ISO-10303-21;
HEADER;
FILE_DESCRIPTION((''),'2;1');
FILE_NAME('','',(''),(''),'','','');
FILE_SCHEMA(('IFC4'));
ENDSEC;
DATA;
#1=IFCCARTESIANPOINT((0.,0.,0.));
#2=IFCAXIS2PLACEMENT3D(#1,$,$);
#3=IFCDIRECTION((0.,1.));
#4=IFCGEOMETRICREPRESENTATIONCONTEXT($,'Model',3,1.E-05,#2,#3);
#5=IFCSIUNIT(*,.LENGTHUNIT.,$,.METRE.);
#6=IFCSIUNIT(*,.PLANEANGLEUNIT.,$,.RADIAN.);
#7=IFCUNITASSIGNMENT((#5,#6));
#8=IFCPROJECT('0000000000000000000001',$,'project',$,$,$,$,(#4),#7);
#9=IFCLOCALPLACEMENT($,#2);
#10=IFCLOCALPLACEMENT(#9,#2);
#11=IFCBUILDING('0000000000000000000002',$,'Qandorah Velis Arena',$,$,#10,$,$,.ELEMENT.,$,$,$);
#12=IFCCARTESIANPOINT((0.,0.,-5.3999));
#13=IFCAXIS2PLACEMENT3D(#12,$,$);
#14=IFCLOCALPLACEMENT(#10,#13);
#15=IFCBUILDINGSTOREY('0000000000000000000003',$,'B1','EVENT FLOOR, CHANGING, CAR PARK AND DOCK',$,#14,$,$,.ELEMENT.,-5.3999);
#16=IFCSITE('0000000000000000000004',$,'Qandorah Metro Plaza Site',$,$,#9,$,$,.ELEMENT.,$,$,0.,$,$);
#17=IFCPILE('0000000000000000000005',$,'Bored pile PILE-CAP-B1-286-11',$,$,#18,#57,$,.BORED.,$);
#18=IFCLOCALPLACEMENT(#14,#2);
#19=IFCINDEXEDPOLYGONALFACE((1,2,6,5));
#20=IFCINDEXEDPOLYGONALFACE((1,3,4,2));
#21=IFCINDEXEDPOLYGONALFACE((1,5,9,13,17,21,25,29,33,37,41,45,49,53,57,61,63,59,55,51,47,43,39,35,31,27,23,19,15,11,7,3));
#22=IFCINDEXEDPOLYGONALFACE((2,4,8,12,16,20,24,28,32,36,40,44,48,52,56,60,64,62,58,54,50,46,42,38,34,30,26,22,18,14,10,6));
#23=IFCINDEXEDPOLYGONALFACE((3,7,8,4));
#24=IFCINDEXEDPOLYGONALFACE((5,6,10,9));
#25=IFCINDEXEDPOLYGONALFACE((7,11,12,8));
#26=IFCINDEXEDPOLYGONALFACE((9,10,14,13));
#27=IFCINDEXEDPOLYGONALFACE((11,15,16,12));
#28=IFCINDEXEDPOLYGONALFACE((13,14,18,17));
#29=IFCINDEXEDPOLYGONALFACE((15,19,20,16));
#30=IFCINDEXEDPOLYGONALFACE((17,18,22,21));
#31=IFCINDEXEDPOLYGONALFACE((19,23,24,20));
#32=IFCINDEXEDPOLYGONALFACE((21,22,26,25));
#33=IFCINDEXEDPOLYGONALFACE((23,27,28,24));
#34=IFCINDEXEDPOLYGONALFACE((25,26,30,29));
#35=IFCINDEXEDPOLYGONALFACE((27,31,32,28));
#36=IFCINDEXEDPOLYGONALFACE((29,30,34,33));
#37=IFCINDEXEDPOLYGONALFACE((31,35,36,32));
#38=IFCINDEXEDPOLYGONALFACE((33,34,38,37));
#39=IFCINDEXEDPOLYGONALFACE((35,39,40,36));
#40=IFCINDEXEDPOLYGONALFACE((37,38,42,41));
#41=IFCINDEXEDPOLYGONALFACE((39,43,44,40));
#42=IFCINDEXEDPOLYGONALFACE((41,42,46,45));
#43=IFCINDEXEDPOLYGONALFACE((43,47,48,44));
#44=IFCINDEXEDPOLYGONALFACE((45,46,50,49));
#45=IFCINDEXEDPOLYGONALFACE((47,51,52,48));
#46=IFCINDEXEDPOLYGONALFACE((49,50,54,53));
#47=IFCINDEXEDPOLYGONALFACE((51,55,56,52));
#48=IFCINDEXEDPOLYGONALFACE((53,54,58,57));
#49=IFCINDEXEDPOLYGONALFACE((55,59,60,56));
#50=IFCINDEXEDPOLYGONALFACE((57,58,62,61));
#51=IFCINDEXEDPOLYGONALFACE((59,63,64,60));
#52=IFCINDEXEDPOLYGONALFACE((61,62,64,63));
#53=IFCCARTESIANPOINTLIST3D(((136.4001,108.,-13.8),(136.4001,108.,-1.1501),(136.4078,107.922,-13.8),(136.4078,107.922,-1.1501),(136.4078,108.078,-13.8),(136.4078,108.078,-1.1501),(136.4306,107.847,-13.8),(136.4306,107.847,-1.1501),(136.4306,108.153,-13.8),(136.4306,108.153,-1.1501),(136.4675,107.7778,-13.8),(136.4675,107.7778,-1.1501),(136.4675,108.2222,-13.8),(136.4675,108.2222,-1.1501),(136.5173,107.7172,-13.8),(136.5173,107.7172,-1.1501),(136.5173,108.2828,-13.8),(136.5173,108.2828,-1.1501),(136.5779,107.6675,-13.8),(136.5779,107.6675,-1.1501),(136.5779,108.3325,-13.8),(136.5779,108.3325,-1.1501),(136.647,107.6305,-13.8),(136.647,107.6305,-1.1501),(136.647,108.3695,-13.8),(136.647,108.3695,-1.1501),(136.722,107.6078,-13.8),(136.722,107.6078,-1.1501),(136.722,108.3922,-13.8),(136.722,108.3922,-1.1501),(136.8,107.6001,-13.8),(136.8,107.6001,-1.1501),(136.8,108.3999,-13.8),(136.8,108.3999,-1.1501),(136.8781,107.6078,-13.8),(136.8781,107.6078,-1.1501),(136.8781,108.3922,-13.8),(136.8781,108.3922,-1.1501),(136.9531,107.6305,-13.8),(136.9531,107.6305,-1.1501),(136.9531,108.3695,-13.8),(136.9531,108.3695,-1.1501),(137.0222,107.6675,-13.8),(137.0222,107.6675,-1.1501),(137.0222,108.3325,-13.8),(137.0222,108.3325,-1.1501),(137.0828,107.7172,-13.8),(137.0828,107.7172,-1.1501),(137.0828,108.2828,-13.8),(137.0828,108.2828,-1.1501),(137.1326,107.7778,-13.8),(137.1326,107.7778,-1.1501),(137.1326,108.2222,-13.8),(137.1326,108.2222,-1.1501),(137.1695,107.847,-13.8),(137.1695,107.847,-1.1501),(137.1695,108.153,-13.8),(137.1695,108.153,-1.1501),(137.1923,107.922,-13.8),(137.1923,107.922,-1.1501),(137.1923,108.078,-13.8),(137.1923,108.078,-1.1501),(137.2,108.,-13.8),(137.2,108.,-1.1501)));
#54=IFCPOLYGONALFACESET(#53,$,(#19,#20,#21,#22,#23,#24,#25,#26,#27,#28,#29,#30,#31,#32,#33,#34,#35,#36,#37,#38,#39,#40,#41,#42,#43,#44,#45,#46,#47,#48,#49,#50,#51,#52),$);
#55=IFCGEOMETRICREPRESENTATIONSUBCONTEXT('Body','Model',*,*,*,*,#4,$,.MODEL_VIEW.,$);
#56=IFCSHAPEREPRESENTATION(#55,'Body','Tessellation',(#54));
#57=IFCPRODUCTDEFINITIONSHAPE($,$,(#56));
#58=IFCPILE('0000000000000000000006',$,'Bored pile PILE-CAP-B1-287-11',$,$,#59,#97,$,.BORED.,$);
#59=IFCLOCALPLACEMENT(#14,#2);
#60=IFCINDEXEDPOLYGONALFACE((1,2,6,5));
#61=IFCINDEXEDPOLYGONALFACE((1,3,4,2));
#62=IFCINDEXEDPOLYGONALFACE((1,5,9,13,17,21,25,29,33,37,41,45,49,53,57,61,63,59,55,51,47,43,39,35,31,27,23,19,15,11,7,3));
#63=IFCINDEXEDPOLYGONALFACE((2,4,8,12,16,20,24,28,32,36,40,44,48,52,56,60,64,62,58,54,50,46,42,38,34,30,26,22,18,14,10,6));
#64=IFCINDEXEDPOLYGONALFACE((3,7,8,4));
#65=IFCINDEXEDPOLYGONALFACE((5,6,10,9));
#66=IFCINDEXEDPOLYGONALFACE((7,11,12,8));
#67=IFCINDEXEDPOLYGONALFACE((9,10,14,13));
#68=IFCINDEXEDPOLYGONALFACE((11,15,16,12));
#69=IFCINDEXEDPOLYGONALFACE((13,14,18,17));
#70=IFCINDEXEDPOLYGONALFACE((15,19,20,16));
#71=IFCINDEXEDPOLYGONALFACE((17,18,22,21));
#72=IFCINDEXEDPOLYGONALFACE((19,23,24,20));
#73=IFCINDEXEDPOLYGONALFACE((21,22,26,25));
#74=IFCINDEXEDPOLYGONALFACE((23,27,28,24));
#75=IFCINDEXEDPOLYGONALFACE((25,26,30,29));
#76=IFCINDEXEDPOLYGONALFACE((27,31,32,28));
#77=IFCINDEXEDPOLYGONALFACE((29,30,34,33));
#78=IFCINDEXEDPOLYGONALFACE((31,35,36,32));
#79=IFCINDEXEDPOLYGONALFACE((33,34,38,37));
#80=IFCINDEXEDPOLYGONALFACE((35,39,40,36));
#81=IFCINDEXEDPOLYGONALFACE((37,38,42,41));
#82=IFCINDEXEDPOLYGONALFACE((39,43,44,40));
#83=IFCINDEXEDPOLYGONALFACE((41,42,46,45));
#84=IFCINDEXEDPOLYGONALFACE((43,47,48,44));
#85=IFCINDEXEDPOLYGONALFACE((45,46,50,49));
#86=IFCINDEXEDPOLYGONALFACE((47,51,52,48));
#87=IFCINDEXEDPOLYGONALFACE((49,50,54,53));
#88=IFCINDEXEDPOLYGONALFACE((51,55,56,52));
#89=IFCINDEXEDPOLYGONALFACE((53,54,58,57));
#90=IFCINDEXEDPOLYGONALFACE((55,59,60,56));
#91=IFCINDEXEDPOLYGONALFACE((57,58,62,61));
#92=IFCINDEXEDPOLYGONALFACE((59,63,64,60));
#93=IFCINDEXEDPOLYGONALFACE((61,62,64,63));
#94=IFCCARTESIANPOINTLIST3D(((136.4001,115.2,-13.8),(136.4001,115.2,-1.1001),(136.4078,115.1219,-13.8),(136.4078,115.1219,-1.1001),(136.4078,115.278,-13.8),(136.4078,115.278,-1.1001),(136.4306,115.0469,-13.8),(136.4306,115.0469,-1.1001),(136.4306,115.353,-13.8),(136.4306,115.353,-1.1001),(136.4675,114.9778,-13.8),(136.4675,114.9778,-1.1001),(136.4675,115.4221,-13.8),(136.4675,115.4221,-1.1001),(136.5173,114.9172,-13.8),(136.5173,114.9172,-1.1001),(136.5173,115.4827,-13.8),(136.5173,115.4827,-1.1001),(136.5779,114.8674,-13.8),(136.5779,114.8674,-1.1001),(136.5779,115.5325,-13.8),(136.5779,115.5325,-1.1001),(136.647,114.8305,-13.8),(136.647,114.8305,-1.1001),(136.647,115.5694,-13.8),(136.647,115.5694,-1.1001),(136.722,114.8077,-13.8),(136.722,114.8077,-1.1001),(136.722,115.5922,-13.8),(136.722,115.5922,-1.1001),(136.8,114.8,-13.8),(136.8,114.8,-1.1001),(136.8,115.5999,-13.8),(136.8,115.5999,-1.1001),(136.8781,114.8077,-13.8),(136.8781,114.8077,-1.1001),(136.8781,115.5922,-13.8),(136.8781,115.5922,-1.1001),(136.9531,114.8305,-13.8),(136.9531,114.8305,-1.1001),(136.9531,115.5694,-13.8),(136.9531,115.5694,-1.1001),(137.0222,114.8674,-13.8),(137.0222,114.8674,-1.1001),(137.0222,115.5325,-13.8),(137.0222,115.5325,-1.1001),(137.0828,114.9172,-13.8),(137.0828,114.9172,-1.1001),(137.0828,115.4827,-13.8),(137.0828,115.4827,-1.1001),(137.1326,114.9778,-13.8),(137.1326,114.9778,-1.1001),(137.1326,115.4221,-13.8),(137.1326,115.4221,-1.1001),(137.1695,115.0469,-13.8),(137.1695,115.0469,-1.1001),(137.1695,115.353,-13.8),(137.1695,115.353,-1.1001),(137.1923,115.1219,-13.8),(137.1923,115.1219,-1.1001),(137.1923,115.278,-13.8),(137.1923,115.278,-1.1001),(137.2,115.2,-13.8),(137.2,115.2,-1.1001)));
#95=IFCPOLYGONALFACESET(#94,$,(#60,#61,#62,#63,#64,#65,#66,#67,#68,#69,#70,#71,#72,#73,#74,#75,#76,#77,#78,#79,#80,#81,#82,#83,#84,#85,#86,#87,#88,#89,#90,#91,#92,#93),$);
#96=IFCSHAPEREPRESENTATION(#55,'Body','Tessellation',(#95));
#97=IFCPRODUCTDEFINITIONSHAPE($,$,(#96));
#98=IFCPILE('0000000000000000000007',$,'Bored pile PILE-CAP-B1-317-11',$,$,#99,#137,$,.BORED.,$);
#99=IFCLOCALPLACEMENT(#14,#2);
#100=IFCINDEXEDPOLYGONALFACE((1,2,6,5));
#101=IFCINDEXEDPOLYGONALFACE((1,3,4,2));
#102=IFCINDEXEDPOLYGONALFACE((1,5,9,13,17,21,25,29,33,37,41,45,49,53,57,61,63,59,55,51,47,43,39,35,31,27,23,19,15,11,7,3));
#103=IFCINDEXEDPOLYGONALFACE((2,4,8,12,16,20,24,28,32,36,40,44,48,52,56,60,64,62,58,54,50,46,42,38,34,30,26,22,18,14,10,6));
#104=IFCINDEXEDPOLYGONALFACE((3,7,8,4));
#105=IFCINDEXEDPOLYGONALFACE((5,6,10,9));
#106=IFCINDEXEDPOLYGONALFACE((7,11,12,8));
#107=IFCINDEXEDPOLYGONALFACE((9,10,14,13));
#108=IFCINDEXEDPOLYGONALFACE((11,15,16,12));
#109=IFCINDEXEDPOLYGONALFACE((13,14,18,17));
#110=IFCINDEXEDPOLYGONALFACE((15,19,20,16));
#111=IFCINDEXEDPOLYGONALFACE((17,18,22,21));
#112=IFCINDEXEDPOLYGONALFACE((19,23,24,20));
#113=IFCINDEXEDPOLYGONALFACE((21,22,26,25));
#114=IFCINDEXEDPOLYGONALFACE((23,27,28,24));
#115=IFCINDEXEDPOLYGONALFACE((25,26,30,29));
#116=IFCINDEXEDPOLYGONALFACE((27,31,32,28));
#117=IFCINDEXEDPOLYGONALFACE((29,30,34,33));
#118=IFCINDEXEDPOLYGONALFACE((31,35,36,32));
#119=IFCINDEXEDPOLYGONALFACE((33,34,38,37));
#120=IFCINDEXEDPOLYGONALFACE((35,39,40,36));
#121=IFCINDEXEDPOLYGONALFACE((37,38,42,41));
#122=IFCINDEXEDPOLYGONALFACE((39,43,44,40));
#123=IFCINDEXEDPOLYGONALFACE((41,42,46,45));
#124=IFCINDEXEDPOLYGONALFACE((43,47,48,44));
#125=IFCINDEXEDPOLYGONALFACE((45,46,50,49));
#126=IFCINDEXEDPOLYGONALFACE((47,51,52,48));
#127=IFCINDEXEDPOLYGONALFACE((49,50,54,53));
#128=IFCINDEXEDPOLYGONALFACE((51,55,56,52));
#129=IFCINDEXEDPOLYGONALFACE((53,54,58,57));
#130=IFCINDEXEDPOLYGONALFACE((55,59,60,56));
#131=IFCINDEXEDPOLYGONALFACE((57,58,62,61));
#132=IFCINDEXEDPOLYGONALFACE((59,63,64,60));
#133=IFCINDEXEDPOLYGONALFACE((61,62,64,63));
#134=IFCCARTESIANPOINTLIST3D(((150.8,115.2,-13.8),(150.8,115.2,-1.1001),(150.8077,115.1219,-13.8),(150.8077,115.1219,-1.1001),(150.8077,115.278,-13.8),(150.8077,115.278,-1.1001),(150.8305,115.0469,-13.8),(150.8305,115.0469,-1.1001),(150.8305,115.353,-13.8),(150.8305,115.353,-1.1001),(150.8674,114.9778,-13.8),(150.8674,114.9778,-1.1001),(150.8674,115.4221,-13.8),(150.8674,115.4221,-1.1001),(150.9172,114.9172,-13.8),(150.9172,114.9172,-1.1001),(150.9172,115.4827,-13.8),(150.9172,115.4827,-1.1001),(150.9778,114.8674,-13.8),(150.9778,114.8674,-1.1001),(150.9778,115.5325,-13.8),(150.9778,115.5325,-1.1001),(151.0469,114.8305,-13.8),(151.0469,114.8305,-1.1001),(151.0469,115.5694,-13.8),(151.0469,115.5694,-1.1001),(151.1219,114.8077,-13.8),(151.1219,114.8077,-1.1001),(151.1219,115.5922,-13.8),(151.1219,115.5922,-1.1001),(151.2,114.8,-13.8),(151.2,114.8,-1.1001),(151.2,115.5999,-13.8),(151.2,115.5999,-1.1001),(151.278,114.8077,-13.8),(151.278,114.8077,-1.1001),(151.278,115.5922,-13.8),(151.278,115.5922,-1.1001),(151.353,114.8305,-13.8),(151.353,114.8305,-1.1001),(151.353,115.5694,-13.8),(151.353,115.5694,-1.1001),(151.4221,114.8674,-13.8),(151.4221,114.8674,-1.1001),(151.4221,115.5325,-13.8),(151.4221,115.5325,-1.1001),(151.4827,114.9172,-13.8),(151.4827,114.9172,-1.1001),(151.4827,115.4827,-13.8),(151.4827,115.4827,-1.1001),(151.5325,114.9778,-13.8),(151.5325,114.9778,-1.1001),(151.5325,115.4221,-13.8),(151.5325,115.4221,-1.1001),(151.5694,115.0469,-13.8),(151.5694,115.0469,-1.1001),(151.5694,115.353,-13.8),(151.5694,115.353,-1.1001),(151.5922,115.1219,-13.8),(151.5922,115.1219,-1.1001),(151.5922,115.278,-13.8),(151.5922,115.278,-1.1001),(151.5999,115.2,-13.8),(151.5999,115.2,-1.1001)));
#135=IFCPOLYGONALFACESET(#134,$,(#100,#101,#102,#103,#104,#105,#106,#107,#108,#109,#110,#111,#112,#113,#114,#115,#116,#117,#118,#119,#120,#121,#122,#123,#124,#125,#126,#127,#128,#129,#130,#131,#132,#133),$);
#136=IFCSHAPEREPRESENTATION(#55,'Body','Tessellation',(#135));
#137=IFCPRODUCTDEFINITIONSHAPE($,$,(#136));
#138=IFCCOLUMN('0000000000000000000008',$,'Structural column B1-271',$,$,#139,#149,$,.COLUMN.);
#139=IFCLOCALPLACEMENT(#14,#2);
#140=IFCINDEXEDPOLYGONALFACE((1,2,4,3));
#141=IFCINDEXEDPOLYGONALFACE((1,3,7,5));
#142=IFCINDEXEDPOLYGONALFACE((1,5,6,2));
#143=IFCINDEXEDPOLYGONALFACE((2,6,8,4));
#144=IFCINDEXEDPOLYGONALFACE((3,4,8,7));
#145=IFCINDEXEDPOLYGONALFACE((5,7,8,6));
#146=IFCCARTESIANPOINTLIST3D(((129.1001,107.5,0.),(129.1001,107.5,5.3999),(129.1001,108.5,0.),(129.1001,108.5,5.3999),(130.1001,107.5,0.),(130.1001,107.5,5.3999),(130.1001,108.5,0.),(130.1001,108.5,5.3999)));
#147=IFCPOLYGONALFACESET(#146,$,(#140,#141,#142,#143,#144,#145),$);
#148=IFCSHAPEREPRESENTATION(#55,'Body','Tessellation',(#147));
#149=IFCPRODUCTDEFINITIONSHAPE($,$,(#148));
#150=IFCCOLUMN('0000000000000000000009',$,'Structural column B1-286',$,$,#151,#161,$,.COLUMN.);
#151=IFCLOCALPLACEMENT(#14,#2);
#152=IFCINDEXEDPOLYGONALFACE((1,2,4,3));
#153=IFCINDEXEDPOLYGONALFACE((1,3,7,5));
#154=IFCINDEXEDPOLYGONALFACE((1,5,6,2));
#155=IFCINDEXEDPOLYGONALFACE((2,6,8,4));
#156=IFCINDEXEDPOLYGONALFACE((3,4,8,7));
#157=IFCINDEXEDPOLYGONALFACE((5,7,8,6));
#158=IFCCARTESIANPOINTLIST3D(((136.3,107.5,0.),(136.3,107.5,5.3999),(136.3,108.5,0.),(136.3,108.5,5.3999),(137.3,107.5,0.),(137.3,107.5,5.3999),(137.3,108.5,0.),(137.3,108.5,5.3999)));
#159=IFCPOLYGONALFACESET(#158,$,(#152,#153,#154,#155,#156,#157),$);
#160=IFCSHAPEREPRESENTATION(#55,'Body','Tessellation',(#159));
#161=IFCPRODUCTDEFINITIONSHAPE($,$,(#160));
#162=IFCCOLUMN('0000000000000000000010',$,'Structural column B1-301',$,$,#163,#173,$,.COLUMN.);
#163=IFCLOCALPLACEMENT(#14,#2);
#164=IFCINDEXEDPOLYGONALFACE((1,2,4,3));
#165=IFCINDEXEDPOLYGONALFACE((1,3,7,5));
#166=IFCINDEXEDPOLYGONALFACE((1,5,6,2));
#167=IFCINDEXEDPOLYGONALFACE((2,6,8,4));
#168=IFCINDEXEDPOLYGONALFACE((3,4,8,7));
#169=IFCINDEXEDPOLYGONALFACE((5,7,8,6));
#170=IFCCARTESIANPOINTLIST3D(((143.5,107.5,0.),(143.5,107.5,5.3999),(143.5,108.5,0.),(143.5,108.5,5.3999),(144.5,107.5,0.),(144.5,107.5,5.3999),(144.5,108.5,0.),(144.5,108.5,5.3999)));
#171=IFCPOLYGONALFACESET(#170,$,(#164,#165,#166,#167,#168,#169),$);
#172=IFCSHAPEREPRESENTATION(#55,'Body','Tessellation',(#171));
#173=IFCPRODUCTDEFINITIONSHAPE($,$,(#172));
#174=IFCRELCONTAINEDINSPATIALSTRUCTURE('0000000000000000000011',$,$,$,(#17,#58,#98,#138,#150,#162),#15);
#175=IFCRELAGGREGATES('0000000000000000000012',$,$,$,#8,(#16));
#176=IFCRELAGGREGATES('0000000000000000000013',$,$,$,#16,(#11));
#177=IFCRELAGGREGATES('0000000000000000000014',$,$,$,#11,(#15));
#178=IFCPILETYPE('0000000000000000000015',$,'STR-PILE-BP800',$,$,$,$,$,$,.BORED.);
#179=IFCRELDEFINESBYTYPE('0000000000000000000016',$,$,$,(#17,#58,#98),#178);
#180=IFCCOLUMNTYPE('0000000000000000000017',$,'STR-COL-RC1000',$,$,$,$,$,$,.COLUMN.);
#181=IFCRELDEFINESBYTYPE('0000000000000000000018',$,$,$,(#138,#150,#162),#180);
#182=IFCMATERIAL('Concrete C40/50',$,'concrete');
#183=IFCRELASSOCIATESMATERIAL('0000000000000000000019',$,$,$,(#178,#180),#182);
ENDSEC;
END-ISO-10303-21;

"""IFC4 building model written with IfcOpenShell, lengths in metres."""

from ifc_helpers import new_model, si_unit, direction, frame, origin, origin_2d, place, context, subcontext, project, spatial, rectangle, circle, extrude, material, material_profile, profile_set, type_object, element, save


model = new_model("IFC4")

# Units and contexts
model_context = context("Model", 3, precision=1e-05, world=origin(), true_north=direction((0.0, 1.0)))
body_context = subcontext(model_context, "Body", "Model", "MODEL_VIEW")
ifc_project = project(units=[si_unit("LENGTHUNIT", "METRE"), si_unit("PLANEANGLEUNIT", "RADIAN")], contexts=[model_context])

# Site, building, storey
site_placement = place(None, origin())
site = spatial("IfcSite", under=ifc_project, at=site_placement, Name="Qandorah Metro Plaza Site", CompositionType="ELEMENT", RefElevation=0.0)
building_placement = place(site_placement, origin())
building = spatial("IfcBuilding", under=site, at=building_placement, Name="Qandorah Velis Arena", CompositionType="ELEMENT")
storey_placement = place(building_placement, frame((0.0, 0.0, -5.3999)))
storey = spatial("IfcBuildingStorey", under=building, at=storey_placement, Name="B1", Description="EVENT FLOOR, CHANGING, CAR PARK AND DOCK", CompositionType="ELEMENT", Elevation=-5.3999)

# Shared definitions
ifc_material_1 = material(Name="Concrete C40/50", Category="concrete")

# Piles
ifc_material_profile_1 = material_profile(ifc_material_1, circle(Radius=0.3999, at=origin_2d()), Name="BORED PILE D800")
ifc_profile_set_1 = profile_set([ifc_material_profile_1], Name="Concrete C40/50")
pile_type_1 = type_object("IfcPileType", Name="STR-PILE-BP800", PredefinedType="BORED", material=ifc_profile_set_1)
pile_1_placement = place(storey_placement, frame((136.8, 108.0, -1.1501), z_axis=(0.0, 0.0, -1.0), x_axis=(1.0, 0.0, 0.0)))
element("IfcPile", 1, at=pile_1_placement, inside=storey, type_object=pile_type_1, Name="Bored pile PILE-CAP-B1-286-11", PredefinedType="BORED", context=body_context, shape_type="SweptSolid", body=[
    extrude(circle(Radius=0.3999, at=origin_2d()), origin(), (0.0, 0.0, 1.0), 12.6499),
])
for number, where, z_axis, x_axis, name in (
    (2, (136.8, 115.2, -1.1001), (0.0, 0.0, -1.0), (1.0, 0.0, 0.0), "Bored pile PILE-CAP-B1-287-11"),
    (3, (151.2, 115.2, -1.1001), (0.0, 0.0, -1.0), (1.0, 0.0, 0.0), "Bored pile PILE-CAP-B1-317-11"),
):
    element("IfcPile", number, at=place(storey_placement, frame(where, z_axis=z_axis, x_axis=x_axis)), inside=storey, type_object=pile_type_1, Name=name, PredefinedType="BORED", context=body_context, shape_type="SweptSolid", body=[
        extrude(circle(Radius=0.3999, at=origin_2d()), origin(), (0.0, 0.0, 1.0), 12.7),
    ])

# Columns
ifc_material_profile_2 = material_profile(ifc_material_1, rectangle(XDim=1.0, YDim=1.0, at=origin_2d()), Name="RC COL 1000x1000")
ifc_profile_set_2 = profile_set([ifc_material_profile_2], Name="Concrete C40/50")
column_type_1 = type_object("IfcColumnType", Name="STR-COL-RC1000", PredefinedType="COLUMN", material=ifc_profile_set_2)
for number, where, z_axis, x_axis, name in (
    (4, (129.6001, 108.0, 0.0), (0.0, 0.0, 1.0), (1.0, 0.0, 0.0), "Structural column B1-271"),
    (5, (136.8, 108.0, 0.0), (0.0, 0.0, 1.0), (1.0, 0.0, 0.0), "Structural column B1-286"),
    (6, (144.0, 108.0, 0.0), (0.0, 0.0, 1.0), (1.0, 0.0, 0.0), "Structural column B1-301"),
):
    element("IfcColumn", number, at=place(storey_placement, frame(where, z_axis=z_axis, x_axis=x_axis)), inside=storey, type_object=column_type_1, Name=name, PredefinedType="COLUMN", context=body_context, shape_type="SweptSolid", body=[
        extrude(rectangle(XDim=1.0, YDim=1.0, at=origin_2d()), origin(), (0.0, 0.0, 1.0), 5.3999),
    ])

save(model, "model.ifc")
